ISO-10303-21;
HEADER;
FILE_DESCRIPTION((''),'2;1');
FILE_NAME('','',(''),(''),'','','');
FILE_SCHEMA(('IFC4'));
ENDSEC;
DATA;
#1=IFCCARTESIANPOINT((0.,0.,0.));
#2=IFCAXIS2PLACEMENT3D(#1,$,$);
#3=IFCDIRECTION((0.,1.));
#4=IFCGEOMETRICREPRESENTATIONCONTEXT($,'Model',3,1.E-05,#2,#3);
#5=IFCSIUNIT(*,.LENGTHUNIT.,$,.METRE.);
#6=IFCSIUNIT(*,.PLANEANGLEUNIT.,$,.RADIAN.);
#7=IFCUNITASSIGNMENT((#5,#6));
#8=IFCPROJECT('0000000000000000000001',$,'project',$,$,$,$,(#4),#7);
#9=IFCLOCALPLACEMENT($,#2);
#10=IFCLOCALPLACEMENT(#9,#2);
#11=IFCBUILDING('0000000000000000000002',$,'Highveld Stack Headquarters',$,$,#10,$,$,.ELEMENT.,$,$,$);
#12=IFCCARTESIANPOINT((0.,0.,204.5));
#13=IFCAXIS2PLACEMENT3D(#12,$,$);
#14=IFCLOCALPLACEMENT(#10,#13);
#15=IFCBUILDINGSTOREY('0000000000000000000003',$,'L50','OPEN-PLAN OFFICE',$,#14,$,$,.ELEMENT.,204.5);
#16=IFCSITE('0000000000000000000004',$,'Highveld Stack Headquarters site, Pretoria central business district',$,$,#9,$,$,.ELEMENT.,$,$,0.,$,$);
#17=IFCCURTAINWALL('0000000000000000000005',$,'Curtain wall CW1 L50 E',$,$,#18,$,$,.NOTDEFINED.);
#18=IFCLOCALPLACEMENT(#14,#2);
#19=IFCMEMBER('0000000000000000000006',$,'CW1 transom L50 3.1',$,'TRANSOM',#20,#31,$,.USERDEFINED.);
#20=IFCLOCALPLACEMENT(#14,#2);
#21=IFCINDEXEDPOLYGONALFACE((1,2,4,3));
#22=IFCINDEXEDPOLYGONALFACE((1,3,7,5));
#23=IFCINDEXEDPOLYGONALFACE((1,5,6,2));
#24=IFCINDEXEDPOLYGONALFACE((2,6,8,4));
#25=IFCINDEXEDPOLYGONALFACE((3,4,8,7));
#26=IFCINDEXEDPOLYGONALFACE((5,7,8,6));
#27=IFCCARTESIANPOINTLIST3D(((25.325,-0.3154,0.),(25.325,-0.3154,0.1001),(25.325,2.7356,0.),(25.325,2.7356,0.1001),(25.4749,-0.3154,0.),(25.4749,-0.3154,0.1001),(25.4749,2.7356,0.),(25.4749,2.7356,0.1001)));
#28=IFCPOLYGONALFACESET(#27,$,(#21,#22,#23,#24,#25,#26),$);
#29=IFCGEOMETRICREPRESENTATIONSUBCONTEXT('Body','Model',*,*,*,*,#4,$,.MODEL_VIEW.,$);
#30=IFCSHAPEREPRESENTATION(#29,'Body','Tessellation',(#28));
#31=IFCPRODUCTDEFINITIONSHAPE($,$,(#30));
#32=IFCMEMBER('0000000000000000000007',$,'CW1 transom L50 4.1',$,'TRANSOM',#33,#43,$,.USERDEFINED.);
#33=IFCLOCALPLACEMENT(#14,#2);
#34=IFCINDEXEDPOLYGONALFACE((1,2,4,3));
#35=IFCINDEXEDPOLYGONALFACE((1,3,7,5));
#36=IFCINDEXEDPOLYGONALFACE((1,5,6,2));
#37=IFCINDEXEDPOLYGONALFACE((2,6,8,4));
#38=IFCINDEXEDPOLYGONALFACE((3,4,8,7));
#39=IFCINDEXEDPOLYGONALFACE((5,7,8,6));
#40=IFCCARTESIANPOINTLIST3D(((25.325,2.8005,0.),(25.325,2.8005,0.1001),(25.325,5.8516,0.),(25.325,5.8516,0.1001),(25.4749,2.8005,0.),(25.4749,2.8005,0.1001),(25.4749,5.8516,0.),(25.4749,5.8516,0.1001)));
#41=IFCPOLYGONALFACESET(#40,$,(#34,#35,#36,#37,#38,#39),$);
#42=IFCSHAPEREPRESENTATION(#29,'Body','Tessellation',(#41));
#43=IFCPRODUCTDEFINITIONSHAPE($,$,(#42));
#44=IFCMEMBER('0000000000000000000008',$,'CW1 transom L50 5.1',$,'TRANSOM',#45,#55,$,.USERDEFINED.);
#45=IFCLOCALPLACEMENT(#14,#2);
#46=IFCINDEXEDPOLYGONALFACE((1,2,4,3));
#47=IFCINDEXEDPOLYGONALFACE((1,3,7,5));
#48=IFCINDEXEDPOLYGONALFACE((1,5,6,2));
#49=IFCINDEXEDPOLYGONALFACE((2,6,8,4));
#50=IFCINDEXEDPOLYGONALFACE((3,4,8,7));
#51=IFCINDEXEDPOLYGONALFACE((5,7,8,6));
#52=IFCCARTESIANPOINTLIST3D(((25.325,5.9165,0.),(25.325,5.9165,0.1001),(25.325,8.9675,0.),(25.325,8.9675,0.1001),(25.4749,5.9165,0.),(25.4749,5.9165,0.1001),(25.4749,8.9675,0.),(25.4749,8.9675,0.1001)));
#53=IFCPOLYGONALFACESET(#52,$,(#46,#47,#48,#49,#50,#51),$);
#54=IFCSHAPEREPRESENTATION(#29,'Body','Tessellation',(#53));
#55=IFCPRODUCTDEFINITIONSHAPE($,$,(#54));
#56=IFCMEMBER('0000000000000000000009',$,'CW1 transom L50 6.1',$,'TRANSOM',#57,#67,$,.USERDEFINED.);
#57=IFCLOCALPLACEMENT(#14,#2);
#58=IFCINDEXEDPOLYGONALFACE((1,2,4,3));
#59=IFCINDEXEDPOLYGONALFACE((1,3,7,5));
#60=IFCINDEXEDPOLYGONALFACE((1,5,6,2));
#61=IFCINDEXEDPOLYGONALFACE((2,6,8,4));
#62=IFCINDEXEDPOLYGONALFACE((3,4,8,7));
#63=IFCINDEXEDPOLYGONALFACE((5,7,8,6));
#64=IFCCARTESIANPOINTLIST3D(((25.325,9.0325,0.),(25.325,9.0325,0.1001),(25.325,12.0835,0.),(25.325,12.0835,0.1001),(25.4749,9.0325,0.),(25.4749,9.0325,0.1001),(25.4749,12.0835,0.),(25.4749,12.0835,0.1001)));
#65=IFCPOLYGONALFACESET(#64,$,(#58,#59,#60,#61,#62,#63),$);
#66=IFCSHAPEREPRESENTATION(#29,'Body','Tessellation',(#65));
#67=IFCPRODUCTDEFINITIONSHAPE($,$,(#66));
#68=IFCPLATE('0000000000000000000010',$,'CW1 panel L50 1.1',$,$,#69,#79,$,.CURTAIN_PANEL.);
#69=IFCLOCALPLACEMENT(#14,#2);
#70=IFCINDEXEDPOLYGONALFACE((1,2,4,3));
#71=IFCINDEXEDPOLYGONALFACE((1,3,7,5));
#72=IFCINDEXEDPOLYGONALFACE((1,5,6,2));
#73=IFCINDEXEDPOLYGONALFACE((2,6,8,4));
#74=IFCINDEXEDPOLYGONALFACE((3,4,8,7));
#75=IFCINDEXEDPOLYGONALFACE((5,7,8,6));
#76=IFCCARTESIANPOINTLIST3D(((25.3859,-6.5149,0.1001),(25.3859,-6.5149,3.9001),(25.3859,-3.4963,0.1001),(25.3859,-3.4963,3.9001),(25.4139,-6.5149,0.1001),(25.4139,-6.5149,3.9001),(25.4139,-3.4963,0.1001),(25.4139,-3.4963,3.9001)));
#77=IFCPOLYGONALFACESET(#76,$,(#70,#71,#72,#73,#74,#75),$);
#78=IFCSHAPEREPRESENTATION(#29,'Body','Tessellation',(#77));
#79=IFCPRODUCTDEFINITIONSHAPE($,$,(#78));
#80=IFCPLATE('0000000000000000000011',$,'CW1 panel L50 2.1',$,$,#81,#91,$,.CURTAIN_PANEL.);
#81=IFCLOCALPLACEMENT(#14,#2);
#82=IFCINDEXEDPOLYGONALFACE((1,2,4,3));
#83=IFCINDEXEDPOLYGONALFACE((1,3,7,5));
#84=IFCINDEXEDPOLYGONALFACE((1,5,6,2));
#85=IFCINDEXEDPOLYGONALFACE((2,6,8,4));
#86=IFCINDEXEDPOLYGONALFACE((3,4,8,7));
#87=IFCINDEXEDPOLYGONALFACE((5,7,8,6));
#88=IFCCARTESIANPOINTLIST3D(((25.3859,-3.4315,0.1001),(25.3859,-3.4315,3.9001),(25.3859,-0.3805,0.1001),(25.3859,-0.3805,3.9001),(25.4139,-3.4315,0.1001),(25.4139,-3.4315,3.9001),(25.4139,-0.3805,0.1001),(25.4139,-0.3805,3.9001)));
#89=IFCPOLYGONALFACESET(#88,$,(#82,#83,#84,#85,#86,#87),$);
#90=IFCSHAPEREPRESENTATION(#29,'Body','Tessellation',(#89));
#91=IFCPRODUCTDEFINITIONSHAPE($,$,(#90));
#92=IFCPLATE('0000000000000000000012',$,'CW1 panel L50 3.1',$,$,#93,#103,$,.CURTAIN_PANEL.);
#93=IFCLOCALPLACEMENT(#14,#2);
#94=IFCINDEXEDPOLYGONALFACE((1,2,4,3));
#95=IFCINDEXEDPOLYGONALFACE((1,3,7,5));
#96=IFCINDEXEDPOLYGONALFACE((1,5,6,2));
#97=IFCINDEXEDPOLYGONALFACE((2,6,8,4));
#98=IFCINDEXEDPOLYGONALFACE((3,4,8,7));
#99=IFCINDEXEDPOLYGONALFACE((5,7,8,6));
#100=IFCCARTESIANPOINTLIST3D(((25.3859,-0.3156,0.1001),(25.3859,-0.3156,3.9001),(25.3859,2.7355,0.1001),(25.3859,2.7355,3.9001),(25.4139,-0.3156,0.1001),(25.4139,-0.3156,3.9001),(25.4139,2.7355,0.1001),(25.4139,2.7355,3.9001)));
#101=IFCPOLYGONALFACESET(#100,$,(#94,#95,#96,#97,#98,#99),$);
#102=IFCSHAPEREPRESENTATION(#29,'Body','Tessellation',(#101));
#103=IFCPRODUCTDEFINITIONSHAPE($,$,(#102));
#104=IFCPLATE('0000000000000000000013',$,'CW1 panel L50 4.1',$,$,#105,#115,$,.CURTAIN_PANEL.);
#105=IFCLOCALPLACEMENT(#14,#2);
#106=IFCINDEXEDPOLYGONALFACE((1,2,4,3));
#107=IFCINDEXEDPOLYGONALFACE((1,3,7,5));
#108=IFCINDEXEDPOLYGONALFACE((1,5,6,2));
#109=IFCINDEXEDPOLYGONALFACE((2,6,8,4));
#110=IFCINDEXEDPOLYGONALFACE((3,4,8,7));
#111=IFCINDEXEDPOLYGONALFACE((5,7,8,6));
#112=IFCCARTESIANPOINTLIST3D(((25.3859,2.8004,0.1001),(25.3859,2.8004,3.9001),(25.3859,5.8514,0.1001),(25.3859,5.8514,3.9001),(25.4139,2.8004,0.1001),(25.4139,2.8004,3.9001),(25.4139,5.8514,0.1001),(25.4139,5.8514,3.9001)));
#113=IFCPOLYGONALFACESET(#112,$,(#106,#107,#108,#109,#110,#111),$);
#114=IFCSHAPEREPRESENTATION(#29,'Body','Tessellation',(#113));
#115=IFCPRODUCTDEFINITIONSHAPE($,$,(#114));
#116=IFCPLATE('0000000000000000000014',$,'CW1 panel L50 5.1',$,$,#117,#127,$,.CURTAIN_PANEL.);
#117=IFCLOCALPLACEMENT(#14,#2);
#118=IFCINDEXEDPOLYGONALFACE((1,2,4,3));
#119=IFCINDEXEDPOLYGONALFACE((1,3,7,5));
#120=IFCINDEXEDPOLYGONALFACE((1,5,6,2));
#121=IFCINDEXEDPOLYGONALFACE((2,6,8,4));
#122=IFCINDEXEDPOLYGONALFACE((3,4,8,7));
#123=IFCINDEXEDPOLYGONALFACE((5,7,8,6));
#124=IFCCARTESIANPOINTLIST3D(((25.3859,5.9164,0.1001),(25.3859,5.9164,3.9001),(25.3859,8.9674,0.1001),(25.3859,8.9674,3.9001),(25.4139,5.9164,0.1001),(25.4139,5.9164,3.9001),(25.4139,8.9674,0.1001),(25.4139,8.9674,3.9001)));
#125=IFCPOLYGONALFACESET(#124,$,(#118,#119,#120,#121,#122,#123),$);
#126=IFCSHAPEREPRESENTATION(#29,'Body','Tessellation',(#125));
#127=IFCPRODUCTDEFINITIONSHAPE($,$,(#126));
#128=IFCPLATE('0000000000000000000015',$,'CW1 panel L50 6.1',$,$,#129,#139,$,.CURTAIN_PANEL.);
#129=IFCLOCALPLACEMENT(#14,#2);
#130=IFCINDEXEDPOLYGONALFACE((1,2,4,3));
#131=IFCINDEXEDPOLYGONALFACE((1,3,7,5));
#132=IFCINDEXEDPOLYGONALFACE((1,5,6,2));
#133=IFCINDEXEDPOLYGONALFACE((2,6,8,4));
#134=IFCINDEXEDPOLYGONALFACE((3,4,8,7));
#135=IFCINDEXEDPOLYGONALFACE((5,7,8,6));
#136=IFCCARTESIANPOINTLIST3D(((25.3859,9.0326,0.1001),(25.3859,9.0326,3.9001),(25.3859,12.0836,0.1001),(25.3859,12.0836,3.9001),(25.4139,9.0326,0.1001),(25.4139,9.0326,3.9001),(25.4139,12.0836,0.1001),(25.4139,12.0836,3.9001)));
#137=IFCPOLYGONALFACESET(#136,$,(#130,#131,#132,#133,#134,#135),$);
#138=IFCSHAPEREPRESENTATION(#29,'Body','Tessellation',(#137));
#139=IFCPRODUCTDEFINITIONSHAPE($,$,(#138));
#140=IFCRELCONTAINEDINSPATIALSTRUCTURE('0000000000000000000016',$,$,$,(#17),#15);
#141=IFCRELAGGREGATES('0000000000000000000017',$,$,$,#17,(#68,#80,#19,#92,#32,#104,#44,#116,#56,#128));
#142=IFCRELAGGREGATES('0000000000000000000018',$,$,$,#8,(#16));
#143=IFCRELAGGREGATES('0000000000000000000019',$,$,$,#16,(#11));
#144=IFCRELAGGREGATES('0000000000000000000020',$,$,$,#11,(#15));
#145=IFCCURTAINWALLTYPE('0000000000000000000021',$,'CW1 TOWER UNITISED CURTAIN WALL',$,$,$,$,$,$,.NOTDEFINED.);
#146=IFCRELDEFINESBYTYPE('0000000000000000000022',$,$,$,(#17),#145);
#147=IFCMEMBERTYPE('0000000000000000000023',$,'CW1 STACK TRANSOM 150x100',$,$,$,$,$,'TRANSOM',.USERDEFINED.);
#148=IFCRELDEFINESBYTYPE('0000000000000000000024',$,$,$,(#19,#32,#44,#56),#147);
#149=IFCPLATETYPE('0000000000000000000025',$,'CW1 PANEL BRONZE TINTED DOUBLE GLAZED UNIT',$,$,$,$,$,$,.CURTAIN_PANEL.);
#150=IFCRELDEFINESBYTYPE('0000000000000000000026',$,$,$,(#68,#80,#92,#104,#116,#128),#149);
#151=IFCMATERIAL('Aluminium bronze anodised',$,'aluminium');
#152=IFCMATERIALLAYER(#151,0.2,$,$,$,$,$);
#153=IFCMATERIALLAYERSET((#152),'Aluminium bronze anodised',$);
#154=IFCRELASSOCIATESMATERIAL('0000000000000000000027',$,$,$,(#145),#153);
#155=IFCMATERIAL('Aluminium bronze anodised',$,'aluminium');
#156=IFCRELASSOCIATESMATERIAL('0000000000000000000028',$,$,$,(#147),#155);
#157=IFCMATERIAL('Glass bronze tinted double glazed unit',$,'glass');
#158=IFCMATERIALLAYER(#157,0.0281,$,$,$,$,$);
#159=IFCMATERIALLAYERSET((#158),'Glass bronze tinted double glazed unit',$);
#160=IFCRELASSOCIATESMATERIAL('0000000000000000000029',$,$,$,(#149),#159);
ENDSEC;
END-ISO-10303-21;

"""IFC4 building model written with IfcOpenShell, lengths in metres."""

from ifc_helpers import new_model, si_unit, direction, frame, origin, origin_2d, place, context, subcontext, project, spatial, rectangle, extrude, material, layer, layer_set, material_profile, profile_set, type_object, element, aggregate, save


model = new_model("IFC4")

# Units and contexts
model_context = context("Model", 3, precision=1e-05, world=origin(), true_north=direction((0.0, 1.0)))
body_context = subcontext(model_context, "Body", "Model", "MODEL_VIEW")
ifc_project = project(units=[si_unit("LENGTHUNIT", "METRE"), si_unit("PLANEANGLEUNIT", "RADIAN")], contexts=[model_context])

# Site, building, storey
site_placement = place(None, origin())
site = spatial("IfcSite", under=ifc_project, at=site_placement, Name="Highveld Stack Headquarters site, Pretoria central business district", CompositionType="ELEMENT", RefElevation=0.0)
building_placement = place(site_placement, origin())
building = spatial("IfcBuilding", under=site, at=building_placement, Name="Highveld Stack Headquarters", CompositionType="ELEMENT")
storey_placement = place(building_placement, frame((0.0, 0.0, 204.5)))
storey = spatial("IfcBuildingStorey", under=building, at=storey_placement, Name="L50", Description="OPEN-PLAN OFFICE", CompositionType="ELEMENT", Elevation=204.5)

# Curtain wall, members, plates
ifc_material_1 = material(Name="Aluminium bronze anodised", Category="aluminium")
ifc_layer_1 = layer(ifc_material_1, 0.2)
ifc_layer_set_1 = layer_set([ifc_layer_1], Name="Aluminium bronze anodised")
curtain_wall_type = type_object("IfcCurtainWallType", Name="CW1 TOWER UNITISED CURTAIN WALL", PredefinedType="NOTDEFINED", material=ifc_layer_set_1)
curtain_wall_placement = place(storey_placement, origin())
curtain_wall = element("IfcCurtainWall", 1, at=curtain_wall_placement, inside=storey, type_object=curtain_wall_type, Name="Curtain wall CW1 L50 E", PredefinedType="NOTDEFINED")
ifc_material_2 = material(Name="Aluminium bronze anodised", Category="aluminium")
ifc_material_profile_1 = material_profile(ifc_material_2, rectangle(XDim=0.1499, YDim=0.1001, at=origin_2d()), Name="CW1 TRANSOM 150x100")
ifc_profile_set_1 = profile_set([ifc_material_profile_1], Name="Aluminium bronze anodised")
member_type_1 = type_object("IfcMemberType", Name="CW1 STACK TRANSOM 150x100", ElementType="TRANSOM", PredefinedType="USERDEFINED", material=ifc_profile_set_1)
member_1_placement = place(storey_placement, frame((25.3999, -0.3154, 0.05), z_axis=(0.0, 1.0, 0.0), x_axis=(-1.0, 0.0, 0.0)))
member_1 = element("IfcMember", 2, at=member_1_placement, type_object=member_type_1, Name="CW1 transom L50 3.1", ObjectType="TRANSOM", PredefinedType="USERDEFINED", context=body_context, shape_type="SweptSolid", body=[
    extrude(rectangle(XDim=0.1499, YDim=0.1001, at=origin_2d()), origin(), (0.0, 0.0, 1.0), 3.051),
])
member_2_placement = place(storey_placement, frame((25.3999, 2.8005, 0.05), z_axis=(0.0, 1.0, 0.0), x_axis=(-1.0, 0.0, 0.0)))
member_2 = element("IfcMember", 3, at=member_2_placement, type_object=member_type_1, Name="CW1 transom L50 4.1", ObjectType="TRANSOM", PredefinedType="USERDEFINED", context=body_context, shape_type="SweptSolid", body=[
    extrude(rectangle(XDim=0.1499, YDim=0.1001, at=origin_2d()), origin(), (0.0, 0.0, 1.0), 3.051),
])
member_3_placement = place(storey_placement, frame((25.3999, 5.9165, 0.05), z_axis=(0.0, 1.0, 0.0), x_axis=(-1.0, 0.0, 0.0)))
member_3 = element("IfcMember", 4, at=member_3_placement, type_object=member_type_1, Name="CW1 transom L50 5.1", ObjectType="TRANSOM", PredefinedType="USERDEFINED", context=body_context, shape_type="SweptSolid", body=[
    extrude(rectangle(XDim=0.1499, YDim=0.1001, at=origin_2d()), origin(), (0.0, 0.0, 1.0), 3.051),
])
member_4_placement = place(storey_placement, frame((25.3999, 9.0325, 0.05), z_axis=(0.0, 1.0, 0.0), x_axis=(-1.0, 0.0, 0.0)))
member_4 = element("IfcMember", 5, at=member_4_placement, type_object=member_type_1, Name="CW1 transom L50 6.1", ObjectType="TRANSOM", PredefinedType="USERDEFINED", context=body_context, shape_type="SweptSolid", body=[
    extrude(rectangle(XDim=0.1499, YDim=0.1001, at=origin_2d()), origin(), (0.0, 0.0, 1.0), 3.051),
])
ifc_material_3 = material(Name="Glass bronze tinted double glazed unit", Category="glass")
ifc_layer_2 = layer(ifc_material_3, 0.0281)
ifc_layer_set_2 = layer_set([ifc_layer_2], Name="Glass bronze tinted double glazed unit")
plate_type = type_object("IfcPlateType", Name="CW1 PANEL BRONZE TINTED DOUBLE GLAZED UNIT", PredefinedType="CURTAIN_PANEL", material=ifc_layer_set_2)
plate_1_placement = place(storey_placement, frame((25.3999, -5.0056, 0.1001), z_axis=(0.0, 0.0, 1.0), x_axis=(0.0, 1.0, 0.0)))
plate_1 = element("IfcPlate", 6, at=plate_1_placement, type_object=plate_type, Name="CW1 panel L50 1.1", PredefinedType="CURTAIN_PANEL", context=body_context, shape_type="SweptSolid", body=[
    extrude(rectangle(XDim=3.0186, YDim=0.0281, at=origin_2d()), origin(), (0.0, 0.0, 1.0), 3.8),
])
plate_2_placement = place(storey_placement, frame((25.3999, -1.906, 0.1001), z_axis=(0.0, 0.0, 1.0), x_axis=(0.0, 1.0, 0.0)))
plate_2 = element("IfcPlate", 7, at=plate_2_placement, type_object=plate_type, Name="CW1 panel L50 2.1", PredefinedType="CURTAIN_PANEL", context=body_context, shape_type="SweptSolid", body=[
    extrude(rectangle(XDim=3.051, YDim=0.0281, at=origin_2d()), origin(), (0.0, 0.0, 1.0), 3.8),
])
plate_3_placement = place(storey_placement, frame((25.3999, 1.21, 0.1001), z_axis=(0.0, 0.0, 1.0), x_axis=(0.0, 1.0, 0.0)))
plate_3 = element("IfcPlate", 8, at=plate_3_placement, type_object=plate_type, Name="CW1 panel L50 3.1", PredefinedType="CURTAIN_PANEL", context=body_context, shape_type="SweptSolid", body=[
    extrude(rectangle(XDim=3.051, YDim=0.0281, at=origin_2d()), origin(), (0.0, 0.0, 1.0), 3.8),
])
plate_4_placement = place(storey_placement, frame((25.3999, 4.3259, 0.1001), z_axis=(0.0, 0.0, 1.0), x_axis=(0.0, 1.0, 0.0)))
plate_4 = element("IfcPlate", 9, at=plate_4_placement, type_object=plate_type, Name="CW1 panel L50 4.1", PredefinedType="CURTAIN_PANEL", context=body_context, shape_type="SweptSolid", body=[
    extrude(rectangle(XDim=3.051, YDim=0.0281, at=origin_2d()), origin(), (0.0, 0.0, 1.0), 3.8),
])
plate_5_placement = place(storey_placement, frame((25.3999, 7.4419, 0.1001), z_axis=(0.0, 0.0, 1.0), x_axis=(0.0, 1.0, 0.0)))
plate_5 = element("IfcPlate", 10, at=plate_5_placement, type_object=plate_type, Name="CW1 panel L50 5.1", PredefinedType="CURTAIN_PANEL", context=body_context, shape_type="SweptSolid", body=[
    extrude(rectangle(XDim=3.051, YDim=0.0281, at=origin_2d()), origin(), (0.0, 0.0, 1.0), 3.8),
])
plate_6_placement = place(storey_placement, frame((25.3999, 10.5581, 0.1001), z_axis=(0.0, 0.0, 1.0), x_axis=(0.0, 1.0, 0.0)))
plate_6 = element("IfcPlate", 11, at=plate_6_placement, type_object=plate_type, Name="CW1 panel L50 6.1", PredefinedType="CURTAIN_PANEL", context=body_context, shape_type="SweptSolid", body=[
    extrude(rectangle(XDim=3.051, YDim=0.0281, at=origin_2d()), origin(), (0.0, 0.0, 1.0), 3.8),
])
aggregate(curtain_wall, [plate_1, plate_2, member_1, plate_3, member_2, plate_4, member_3, plate_5, member_4, plate_6])

save(model, "model.ifc")
